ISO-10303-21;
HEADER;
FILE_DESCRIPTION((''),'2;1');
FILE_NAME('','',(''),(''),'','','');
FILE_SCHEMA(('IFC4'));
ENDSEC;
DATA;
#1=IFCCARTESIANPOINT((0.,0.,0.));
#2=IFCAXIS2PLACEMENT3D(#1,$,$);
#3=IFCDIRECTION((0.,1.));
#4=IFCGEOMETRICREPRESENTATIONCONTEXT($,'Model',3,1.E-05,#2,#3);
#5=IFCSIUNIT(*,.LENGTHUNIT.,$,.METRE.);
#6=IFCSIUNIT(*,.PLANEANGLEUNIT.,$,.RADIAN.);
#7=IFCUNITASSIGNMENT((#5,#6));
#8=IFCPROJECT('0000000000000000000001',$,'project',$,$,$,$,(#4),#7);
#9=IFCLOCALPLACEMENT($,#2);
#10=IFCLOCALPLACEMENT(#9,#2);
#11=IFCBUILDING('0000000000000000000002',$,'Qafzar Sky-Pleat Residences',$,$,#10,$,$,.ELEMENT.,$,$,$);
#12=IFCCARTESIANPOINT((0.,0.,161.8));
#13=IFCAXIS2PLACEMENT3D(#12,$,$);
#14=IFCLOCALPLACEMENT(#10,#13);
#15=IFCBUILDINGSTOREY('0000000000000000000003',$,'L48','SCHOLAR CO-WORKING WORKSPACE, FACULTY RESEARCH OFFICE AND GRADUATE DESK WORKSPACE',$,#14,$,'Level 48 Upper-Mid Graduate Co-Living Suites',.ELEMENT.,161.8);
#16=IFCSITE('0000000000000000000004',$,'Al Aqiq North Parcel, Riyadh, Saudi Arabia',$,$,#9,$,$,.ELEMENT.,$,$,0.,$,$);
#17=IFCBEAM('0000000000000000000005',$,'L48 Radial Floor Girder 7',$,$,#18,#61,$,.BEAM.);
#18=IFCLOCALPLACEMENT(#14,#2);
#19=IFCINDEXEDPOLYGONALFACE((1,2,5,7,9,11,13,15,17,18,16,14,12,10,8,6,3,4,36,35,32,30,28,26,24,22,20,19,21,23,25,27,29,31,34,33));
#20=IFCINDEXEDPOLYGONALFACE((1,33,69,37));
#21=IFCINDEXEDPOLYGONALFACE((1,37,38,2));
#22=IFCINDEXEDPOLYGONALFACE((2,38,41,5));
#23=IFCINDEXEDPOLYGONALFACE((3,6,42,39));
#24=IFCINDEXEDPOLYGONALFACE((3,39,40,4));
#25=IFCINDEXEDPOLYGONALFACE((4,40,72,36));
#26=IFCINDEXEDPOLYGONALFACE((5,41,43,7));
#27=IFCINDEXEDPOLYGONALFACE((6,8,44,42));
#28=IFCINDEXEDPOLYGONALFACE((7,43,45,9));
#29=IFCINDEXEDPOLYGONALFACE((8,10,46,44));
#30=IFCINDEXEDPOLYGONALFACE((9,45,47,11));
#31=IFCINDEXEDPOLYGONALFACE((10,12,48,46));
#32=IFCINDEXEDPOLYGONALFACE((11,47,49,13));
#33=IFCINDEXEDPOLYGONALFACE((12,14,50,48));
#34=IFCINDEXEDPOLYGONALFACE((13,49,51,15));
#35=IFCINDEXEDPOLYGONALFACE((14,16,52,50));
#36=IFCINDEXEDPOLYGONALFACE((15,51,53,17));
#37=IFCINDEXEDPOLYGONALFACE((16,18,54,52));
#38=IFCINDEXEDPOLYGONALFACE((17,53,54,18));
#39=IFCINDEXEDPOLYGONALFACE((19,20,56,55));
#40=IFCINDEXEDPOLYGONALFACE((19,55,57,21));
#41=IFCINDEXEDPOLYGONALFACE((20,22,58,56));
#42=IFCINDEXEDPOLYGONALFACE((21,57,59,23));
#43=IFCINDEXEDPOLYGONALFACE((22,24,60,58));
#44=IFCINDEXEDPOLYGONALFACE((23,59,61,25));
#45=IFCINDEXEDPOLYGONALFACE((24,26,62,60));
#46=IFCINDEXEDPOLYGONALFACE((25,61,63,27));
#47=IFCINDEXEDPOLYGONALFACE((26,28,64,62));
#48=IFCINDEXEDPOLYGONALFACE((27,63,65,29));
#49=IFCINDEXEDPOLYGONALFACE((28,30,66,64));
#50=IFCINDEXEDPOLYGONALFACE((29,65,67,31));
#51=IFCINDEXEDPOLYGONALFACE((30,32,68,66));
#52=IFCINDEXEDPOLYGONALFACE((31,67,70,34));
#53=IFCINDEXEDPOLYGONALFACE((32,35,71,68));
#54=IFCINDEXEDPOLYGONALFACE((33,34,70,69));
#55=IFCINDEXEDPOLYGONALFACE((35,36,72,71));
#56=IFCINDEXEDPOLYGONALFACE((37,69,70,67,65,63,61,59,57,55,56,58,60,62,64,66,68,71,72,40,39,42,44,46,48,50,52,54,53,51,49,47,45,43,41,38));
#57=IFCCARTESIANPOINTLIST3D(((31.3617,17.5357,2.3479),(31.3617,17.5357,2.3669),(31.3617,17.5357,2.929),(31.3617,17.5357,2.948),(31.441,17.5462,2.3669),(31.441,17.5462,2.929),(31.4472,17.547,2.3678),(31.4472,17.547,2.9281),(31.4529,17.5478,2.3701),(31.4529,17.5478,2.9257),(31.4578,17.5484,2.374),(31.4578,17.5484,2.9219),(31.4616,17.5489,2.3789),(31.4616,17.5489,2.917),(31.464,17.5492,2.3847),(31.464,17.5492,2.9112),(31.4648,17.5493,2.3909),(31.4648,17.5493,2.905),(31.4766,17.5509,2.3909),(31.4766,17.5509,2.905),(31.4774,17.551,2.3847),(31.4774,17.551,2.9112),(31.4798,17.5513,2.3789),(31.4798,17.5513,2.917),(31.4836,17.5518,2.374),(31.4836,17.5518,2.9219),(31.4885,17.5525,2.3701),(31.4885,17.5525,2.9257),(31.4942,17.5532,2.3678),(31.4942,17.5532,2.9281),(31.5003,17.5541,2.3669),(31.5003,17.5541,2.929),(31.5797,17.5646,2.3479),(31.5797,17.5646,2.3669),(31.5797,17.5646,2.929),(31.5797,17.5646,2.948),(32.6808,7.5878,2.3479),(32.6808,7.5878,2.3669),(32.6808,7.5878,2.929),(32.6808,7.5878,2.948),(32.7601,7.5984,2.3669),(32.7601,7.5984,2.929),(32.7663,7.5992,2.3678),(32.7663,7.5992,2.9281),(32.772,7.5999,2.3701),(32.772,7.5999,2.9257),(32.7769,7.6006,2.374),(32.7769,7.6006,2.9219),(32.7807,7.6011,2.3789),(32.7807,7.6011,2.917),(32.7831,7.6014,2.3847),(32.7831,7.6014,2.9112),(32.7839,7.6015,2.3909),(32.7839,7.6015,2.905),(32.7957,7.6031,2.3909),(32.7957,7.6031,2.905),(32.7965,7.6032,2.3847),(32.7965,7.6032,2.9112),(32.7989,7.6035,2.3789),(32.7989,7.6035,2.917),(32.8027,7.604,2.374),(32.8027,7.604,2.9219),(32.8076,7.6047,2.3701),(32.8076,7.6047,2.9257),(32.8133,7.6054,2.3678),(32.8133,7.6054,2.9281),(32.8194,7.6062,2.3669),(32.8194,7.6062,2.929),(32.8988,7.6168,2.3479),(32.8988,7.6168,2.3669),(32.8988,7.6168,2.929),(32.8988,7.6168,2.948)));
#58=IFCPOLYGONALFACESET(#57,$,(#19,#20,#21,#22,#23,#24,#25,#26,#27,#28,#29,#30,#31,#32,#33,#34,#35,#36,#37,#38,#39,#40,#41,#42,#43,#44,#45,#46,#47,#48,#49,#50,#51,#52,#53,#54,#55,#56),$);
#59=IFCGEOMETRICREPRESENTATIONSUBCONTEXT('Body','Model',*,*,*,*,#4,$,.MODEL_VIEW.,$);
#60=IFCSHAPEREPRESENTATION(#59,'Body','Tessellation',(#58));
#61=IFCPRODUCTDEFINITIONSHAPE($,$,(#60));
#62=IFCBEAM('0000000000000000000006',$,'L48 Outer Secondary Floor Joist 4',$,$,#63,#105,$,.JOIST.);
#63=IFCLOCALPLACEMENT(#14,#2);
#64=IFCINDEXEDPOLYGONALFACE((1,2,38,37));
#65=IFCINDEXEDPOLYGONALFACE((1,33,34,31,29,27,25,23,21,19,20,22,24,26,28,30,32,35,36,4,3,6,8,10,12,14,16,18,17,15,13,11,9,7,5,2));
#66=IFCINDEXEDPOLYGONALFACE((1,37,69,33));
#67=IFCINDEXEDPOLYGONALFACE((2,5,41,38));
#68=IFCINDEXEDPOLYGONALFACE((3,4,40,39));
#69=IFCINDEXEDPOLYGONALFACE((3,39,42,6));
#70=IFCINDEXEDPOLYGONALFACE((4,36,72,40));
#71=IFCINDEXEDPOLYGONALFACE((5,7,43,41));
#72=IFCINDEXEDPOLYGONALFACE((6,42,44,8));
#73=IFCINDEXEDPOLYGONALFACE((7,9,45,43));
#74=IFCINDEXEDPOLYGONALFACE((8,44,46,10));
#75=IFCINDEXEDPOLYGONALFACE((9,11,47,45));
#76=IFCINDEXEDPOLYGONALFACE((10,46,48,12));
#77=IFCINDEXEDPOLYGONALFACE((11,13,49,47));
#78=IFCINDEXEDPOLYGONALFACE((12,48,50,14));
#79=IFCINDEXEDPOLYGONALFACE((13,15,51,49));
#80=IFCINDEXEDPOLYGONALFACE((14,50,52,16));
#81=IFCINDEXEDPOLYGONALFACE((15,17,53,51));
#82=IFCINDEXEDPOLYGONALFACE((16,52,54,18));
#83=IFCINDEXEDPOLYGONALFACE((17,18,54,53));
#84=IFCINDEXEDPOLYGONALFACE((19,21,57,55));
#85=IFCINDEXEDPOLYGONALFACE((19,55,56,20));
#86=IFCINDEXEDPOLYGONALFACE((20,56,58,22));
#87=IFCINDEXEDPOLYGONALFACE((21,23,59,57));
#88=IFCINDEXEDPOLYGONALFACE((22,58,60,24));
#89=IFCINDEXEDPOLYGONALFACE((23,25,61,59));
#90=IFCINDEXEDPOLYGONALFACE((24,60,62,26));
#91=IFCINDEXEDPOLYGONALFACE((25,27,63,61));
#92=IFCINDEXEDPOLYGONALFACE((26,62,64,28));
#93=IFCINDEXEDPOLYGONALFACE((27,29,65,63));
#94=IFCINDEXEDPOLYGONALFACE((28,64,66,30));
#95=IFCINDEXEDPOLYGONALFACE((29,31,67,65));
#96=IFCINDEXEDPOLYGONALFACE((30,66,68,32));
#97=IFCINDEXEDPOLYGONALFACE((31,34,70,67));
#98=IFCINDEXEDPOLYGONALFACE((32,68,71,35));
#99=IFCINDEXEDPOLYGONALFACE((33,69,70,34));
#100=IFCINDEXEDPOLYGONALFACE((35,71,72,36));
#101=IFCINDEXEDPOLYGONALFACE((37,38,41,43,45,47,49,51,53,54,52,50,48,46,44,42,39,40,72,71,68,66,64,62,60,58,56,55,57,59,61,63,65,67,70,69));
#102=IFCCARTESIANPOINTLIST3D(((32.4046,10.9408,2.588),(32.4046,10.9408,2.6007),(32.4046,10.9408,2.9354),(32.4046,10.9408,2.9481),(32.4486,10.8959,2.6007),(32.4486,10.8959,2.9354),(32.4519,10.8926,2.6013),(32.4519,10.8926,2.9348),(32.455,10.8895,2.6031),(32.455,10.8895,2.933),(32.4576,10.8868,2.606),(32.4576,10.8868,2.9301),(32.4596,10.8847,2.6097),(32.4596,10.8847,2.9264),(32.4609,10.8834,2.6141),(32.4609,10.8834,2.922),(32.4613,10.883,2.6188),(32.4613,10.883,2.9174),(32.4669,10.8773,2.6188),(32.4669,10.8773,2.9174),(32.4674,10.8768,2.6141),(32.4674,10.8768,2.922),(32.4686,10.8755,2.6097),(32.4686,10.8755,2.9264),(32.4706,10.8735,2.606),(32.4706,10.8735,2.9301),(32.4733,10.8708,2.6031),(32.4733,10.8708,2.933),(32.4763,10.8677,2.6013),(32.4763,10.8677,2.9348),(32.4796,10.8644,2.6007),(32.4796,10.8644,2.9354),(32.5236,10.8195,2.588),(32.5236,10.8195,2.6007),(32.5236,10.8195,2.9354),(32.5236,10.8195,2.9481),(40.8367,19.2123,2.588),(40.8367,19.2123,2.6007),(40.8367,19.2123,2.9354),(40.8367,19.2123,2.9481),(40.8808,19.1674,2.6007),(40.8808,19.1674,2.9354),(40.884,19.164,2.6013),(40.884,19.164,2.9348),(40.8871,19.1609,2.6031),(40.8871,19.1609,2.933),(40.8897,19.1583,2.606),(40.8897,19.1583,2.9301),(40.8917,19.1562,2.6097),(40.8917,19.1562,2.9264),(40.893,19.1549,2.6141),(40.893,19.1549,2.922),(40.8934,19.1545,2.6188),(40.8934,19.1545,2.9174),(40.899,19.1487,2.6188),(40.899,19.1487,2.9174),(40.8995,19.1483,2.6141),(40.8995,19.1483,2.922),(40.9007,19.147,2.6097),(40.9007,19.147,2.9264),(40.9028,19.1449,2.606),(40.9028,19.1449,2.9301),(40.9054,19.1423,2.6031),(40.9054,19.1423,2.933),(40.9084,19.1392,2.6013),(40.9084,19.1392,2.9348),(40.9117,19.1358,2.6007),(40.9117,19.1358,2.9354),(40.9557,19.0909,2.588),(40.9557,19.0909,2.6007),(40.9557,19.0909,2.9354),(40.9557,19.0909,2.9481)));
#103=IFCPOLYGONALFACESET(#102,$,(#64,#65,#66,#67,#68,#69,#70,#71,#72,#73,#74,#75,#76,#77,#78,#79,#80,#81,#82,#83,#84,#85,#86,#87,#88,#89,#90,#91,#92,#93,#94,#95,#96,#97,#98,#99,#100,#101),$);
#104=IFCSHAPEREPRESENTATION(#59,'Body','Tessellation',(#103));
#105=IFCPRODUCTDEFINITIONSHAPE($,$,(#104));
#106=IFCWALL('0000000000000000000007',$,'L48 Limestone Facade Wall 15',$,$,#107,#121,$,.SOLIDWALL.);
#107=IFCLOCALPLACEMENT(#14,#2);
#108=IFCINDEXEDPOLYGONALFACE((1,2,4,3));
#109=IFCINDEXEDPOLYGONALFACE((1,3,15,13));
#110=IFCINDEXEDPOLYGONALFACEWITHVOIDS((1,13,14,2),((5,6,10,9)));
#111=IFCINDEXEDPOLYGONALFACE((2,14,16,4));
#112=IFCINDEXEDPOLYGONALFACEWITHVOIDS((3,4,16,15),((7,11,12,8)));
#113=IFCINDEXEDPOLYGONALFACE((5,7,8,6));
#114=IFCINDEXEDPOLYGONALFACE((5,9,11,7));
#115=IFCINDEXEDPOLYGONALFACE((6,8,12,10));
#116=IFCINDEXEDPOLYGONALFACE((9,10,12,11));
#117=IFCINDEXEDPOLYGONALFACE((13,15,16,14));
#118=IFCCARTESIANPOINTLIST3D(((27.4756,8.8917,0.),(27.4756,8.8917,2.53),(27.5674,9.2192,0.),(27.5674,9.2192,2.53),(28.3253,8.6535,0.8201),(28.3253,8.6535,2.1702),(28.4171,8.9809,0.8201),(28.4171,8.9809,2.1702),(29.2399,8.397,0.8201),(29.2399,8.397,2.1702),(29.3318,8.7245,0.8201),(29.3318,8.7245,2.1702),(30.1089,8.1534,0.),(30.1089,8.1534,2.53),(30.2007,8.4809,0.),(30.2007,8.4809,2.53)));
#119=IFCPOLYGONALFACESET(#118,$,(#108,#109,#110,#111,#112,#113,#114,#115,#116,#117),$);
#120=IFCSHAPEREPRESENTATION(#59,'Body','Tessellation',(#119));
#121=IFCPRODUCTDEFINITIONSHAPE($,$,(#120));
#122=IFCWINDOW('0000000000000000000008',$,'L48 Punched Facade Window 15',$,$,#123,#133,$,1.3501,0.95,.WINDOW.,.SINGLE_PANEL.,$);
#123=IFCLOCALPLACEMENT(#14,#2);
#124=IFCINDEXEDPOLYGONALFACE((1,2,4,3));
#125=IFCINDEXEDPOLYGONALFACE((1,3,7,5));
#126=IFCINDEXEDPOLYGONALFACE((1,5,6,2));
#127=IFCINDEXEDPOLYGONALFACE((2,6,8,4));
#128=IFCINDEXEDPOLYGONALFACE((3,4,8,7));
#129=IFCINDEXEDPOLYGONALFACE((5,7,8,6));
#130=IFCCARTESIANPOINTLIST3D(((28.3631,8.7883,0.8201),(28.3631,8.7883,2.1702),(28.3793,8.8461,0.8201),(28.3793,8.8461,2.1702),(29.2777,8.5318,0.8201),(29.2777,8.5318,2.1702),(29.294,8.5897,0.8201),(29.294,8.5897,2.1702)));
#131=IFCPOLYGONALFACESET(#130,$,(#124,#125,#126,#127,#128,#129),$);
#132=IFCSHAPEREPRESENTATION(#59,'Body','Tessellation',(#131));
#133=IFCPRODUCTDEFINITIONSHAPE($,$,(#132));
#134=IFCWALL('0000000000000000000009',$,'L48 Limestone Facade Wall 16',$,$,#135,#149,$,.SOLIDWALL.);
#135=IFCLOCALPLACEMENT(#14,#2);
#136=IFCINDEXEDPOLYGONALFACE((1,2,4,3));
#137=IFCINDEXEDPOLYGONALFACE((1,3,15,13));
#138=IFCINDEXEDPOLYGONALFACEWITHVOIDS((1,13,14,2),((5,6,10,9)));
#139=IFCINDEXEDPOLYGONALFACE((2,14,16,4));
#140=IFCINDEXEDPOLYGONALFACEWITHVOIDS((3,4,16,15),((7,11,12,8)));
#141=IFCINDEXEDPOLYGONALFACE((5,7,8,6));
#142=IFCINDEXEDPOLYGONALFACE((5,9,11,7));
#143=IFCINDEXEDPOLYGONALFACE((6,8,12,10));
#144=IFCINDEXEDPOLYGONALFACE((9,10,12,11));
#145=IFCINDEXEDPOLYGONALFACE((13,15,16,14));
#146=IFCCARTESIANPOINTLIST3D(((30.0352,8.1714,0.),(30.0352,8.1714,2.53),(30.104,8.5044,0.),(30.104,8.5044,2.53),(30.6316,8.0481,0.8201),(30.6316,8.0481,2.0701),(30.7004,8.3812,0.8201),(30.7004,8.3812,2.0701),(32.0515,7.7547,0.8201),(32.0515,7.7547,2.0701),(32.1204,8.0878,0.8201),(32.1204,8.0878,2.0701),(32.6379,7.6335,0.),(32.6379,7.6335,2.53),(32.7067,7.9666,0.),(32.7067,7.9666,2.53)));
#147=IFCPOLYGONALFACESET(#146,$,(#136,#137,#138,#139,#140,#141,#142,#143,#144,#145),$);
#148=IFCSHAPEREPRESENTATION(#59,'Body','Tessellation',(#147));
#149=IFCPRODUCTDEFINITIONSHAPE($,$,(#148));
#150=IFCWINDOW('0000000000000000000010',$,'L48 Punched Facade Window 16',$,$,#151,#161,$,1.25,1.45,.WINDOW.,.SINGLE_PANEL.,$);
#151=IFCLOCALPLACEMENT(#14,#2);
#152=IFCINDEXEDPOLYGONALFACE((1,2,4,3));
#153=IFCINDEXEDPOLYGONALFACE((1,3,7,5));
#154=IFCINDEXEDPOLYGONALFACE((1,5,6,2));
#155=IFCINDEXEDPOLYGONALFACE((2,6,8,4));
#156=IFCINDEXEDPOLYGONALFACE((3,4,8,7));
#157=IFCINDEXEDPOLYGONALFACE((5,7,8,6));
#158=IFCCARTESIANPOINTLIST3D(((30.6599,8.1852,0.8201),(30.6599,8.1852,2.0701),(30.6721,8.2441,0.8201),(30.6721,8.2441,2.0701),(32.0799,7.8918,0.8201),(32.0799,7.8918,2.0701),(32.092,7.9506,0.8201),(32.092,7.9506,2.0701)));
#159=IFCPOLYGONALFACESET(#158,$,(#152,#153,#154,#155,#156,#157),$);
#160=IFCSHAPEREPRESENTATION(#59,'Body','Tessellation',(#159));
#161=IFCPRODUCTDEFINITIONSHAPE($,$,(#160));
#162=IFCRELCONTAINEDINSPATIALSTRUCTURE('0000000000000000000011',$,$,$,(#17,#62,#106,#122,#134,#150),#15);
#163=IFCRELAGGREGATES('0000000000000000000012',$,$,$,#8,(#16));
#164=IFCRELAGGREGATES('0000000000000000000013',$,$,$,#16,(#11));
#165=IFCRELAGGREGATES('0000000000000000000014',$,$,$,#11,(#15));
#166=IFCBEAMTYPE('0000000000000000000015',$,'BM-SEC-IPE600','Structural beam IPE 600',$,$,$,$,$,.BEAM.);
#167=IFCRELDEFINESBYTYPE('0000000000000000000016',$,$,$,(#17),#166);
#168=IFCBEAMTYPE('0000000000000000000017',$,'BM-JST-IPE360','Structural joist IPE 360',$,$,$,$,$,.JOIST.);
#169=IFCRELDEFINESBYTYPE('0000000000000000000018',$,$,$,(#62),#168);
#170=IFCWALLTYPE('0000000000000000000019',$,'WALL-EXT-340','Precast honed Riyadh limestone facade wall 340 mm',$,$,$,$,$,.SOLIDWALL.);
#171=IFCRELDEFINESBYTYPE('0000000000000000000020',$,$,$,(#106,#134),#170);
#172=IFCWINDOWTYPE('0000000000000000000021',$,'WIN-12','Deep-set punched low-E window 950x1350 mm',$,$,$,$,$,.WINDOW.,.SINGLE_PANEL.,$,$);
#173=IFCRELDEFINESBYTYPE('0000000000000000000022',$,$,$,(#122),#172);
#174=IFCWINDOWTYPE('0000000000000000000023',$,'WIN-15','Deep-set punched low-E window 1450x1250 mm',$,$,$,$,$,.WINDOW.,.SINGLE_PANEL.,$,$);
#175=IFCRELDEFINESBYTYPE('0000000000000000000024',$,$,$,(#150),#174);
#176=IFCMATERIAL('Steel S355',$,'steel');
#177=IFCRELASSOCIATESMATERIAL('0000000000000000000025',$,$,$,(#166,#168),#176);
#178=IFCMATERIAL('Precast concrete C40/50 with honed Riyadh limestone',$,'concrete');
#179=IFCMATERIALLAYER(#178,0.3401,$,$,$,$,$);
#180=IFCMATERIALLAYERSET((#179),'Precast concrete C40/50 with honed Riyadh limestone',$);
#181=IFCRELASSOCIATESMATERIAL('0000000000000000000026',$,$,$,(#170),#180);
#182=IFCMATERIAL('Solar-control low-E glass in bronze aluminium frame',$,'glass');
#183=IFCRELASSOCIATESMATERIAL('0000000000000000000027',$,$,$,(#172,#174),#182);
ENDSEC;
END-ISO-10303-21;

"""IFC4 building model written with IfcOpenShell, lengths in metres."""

from ifc_helpers import new_model, si_unit, direction, frame, frame_2d, origin, origin_2d, place, context, subcontext, project, spatial, rectangle, i_section, extrude, source, transform, mapped, material, layer, layer_set, material_profile, profile_set, type_object, element, fill, save


model = new_model("IFC4")

# Units and contexts
model_context = context("Model", 3, precision=1e-05, world=origin(), true_north=direction((0.0, 1.0)))
body_context = subcontext(model_context, "Body", "Model", "MODEL_VIEW")
ifc_project = project(units=[si_unit("LENGTHUNIT", "METRE"), si_unit("PLANEANGLEUNIT", "RADIAN")], contexts=[model_context])

# Site, building, storey
site_placement = place(None, origin())
site = spatial("IfcSite", under=ifc_project, at=site_placement, Name="Al Aqiq North Parcel, Riyadh, Saudi Arabia", CompositionType="ELEMENT", RefElevation=0.0)
building_placement = place(site_placement, origin())
building = spatial("IfcBuilding", under=site, at=building_placement, Name="Qafzar Sky-Pleat Residences", CompositionType="ELEMENT")
storey_placement = place(building_placement, frame((0.0, 0.0, 161.8)))
storey = spatial("IfcBuildingStorey", under=building, at=storey_placement, Name="L48", Description="SCHOLAR CO-WORKING WORKSPACE, FACULTY RESEARCH OFFICE AND GRADUATE DESK WORKSPACE", LongName="Level 48 Upper-Mid Graduate Co-Living Suites", CompositionType="ELEMENT", Elevation=161.8)

# Shared definitions
ifc_material_1 = material(Name="Steel S355", Category="steel")

# Beams
ifc_material_profile_1 = material_profile(ifc_material_1, i_section(OverallWidth=0.22, OverallDepth=0.6001, WebThickness=0.012, FlangeThickness=0.019, FilletRadius=0.0239, at=origin_2d()), Name="IPE 600")
ifc_profile_set_1 = profile_set([ifc_material_profile_1], Name="Steel S355")
beam_type_1 = type_object("IfcBeamType", Name="BM-SEC-IPE600", Description="Structural beam IPE 600", PredefinedType="BEAM", material=ifc_profile_set_1)
shared_shape_1 = source(origin(), body_context, "Body", "SweptSolid", [
    extrude(i_section(OverallWidth=0.22, OverallDepth=0.6001, WebThickness=0.012, FlangeThickness=0.019, FilletRadius=0.0239, at=origin_2d()), origin(), (0.0, 0.0, 1.0), 10.0349),
])
beam_1_placement = place(storey_placement, frame((32.7898, 7.6023, 2.6479), z_axis=(-0.131451, 0.991323, 0.0), x_axis=(-0.991323, -0.131451, 0.0)))
element("IfcBeam", 1, at=beam_1_placement, inside=storey, type_object=beam_type_1, Name="L48 Radial Floor Girder 7", PredefinedType="BEAM", context=body_context, shape_type="MappedRepresentation", body=[
    mapped(shared_shape_1, transform((0.0, 0.0, 0.0), x_axis=(1.0, 0.0, 0.0), y_axis=(0.0, 1.0, 0.0), z_axis=(0.0, 0.0, 1.0), scale=1.0)),
])
ifc_material_profile_2 = material_profile(ifc_material_1, i_section(OverallWidth=0.1699, OverallDepth=0.3601, WebThickness=0.0081, FlangeThickness=0.0127, FilletRadius=0.0181, at=origin_2d()), Name="IPE 360")
ifc_profile_set_2 = profile_set([ifc_material_profile_2], Name="Steel S355")
beam_type_2 = type_object("IfcBeamType", Name="BM-JST-IPE360", Description="Structural joist IPE 360", PredefinedType="JOIST", material=ifc_profile_set_2)
shared_shape_2 = source(origin(), body_context, "Body", "SweptSolid", [
    extrude(i_section(OverallWidth=0.1699, OverallDepth=0.3601, WebThickness=0.0081, FlangeThickness=0.0127, FilletRadius=0.0181, at=origin_2d()), origin(), (0.0, 0.0, 1.0), 11.8118),
])
beam_2_placement = place(storey_placement, frame((32.4641, 10.8801, 2.7681), z_axis=(0.713874, 0.700274, 0.0), x_axis=(-0.700274, 0.713874, 0.0)))
element("IfcBeam", 2, at=beam_2_placement, inside=storey, type_object=beam_type_2, Name="L48 Outer Secondary Floor Joist 4", PredefinedType="JOIST", context=body_context, shape_type="MappedRepresentation", body=[
    mapped(shared_shape_2, transform((0.0, 0.0, 0.0), x_axis=(1.0, 0.0, 0.0), y_axis=(0.0, 1.0, 0.0), z_axis=(0.0, 0.0, 1.0), scale=1.0)),
])

# Walls, openings, windows
ifc_material_2 = material(Name="Precast concrete C40/50 with honed Riyadh limestone", Category="concrete")
ifc_layer_1 = layer(ifc_material_2, 0.3401)
ifc_layer_set_1 = layer_set([ifc_layer_1], Name="Precast concrete C40/50 with honed Riyadh limestone")
wall_type_1 = type_object("IfcWallType", Name="WALL-EXT-340", Description="Precast honed Riyadh limestone facade wall 340 mm", PredefinedType="SOLIDWALL", material=ifc_layer_set_1)
wall_1_placement = place(storey_placement, frame((27.5215, 9.0554, 0.0), z_axis=(0.0, 0.0, 1.0), x_axis=(0.962873, -0.269954, 0.0)))
wall_1 = element("IfcWall", 3, at=wall_1_placement, inside=storey, type_object=wall_type_1, Name="L48 Limestone Facade Wall 15", PredefinedType="SOLIDWALL", context=body_context, shape_type="SweptSolid", body=[
    extrude(rectangle(XDim=2.7349, YDim=0.3401, at=frame_2d((1.3674, 0.0))), origin(), (0.0, 0.0, 1.0), 2.53),
])
opening_1_placement = place(wall_1_placement, frame((0.8823, 0.0, 0.8201)))
opening_1 = element("IfcOpeningElement", 4, at=opening_1_placement, cuts=wall_1, PredefinedType="OPENING", context=body_context, shape_type="SweptSolid", body=[
    extrude(rectangle(XDim=0.95, YDim=1.3501, at=frame_2d((0.4751, 0.675))), frame((0.0, 0.1802, 0.0), z_axis=(0.0, -1.0, 0.0), x_axis=(1.0, 0.0, 0.0)), (0.0, 0.0, 1.0), 0.3601),
])
ifc_material_3 = material(Name="Solar-control low-E glass in bronze aluminium frame", Category="glass")
window_type_1 = type_object("IfcWindowType", Name="WIN-12", Description="Deep-set punched low-E window 950x1350 mm", PartitioningType="SINGLE_PANEL", PredefinedType="WINDOW", material=ifc_material_3)
shared_shape_3 = source(origin(), body_context, "Body", "SweptSolid", [
    extrude(rectangle(XDim=0.95, YDim=1.3501, at=frame_2d((0.4751, 0.675))), frame((0.0, 0.03, 0.0), z_axis=(0.0, -1.0, 0.0), x_axis=(1.0, 0.0, 0.0)), (0.0, 0.0, 1.0), 0.0601),
])
window_1_placement = place(opening_1_placement, origin())
window_1 = element("IfcWindow", 5, at=window_1_placement, inside=storey, type_object=window_type_1, Name="L48 Punched Facade Window 15", OverallHeight=1.3501, OverallWidth=0.95, PartitioningType="SINGLE_PANEL", PredefinedType="WINDOW", context=body_context, shape_type="MappedRepresentation", body=[
    mapped(shared_shape_3, transform((0.0, 0.0, 0.0), x_axis=(1.0, 0.0, 0.0), y_axis=(0.0, 1.0, 0.0), z_axis=(0.0, 0.0, 1.0), scale=1.0)),
])
fill(opening_1, window_1)
wall_2_placement = place(storey_placement, frame((30.0696, 8.3379, 0.0), z_axis=(0.0, 0.0, 1.0), x_axis=(0.97931, -0.202366, 0.0)))
wall_2 = element("IfcWall", 6, at=wall_2_placement, inside=storey, type_object=wall_type_1, Name="L48 Limestone Facade Wall 16", PredefinedType="SOLIDWALL", context=body_context, shape_type="SweptSolid", body=[
    extrude(rectangle(XDim=2.6577, YDim=0.3401, at=frame_2d((1.3289, 0.0))), origin(), (0.0, 0.0, 1.0), 2.53),
])
opening_2_placement = place(wall_2_placement, frame((0.6089, 0.0, 0.8201)))
opening_2 = element("IfcOpeningElement", 7, at=opening_2_placement, cuts=wall_2, PredefinedType="OPENING", context=body_context, shape_type="SweptSolid", body=[
    extrude(rectangle(XDim=1.45, YDim=1.25, at=frame_2d((0.7251, 0.625))), frame((0.0, 0.1802, 0.0), z_axis=(0.0, -1.0, 0.0), x_axis=(1.0, 0.0, 0.0)), (0.0, 0.0, 1.0), 0.3601),
])
window_type_2 = type_object("IfcWindowType", Name="WIN-15", Description="Deep-set punched low-E window 1450x1250 mm", PartitioningType="SINGLE_PANEL", PredefinedType="WINDOW", material=ifc_material_3)
shared_shape_4 = source(origin(), body_context, "Body", "SweptSolid", [
    extrude(rectangle(XDim=1.45, YDim=1.25, at=frame_2d((0.7251, 0.625))), frame((0.0, 0.03, 0.0), z_axis=(0.0, -1.0, 0.0), x_axis=(1.0, 0.0, 0.0)), (0.0, 0.0, 1.0), 0.0601),
])
window_2_placement = place(opening_2_placement, origin())
window_2 = element("IfcWindow", 8, at=window_2_placement, inside=storey, type_object=window_type_2, Name="L48 Punched Facade Window 16", OverallHeight=1.25, OverallWidth=1.45, PartitioningType="SINGLE_PANEL", PredefinedType="WINDOW", context=body_context, shape_type="MappedRepresentation", body=[
    mapped(shared_shape_4, transform((0.0, 0.0, 0.0), x_axis=(1.0, 0.0, 0.0), y_axis=(0.0, 1.0, 0.0), z_axis=(0.0, 0.0, 1.0), scale=1.0)),
])
fill(opening_2, window_2)

save(model, "model.ifc")
